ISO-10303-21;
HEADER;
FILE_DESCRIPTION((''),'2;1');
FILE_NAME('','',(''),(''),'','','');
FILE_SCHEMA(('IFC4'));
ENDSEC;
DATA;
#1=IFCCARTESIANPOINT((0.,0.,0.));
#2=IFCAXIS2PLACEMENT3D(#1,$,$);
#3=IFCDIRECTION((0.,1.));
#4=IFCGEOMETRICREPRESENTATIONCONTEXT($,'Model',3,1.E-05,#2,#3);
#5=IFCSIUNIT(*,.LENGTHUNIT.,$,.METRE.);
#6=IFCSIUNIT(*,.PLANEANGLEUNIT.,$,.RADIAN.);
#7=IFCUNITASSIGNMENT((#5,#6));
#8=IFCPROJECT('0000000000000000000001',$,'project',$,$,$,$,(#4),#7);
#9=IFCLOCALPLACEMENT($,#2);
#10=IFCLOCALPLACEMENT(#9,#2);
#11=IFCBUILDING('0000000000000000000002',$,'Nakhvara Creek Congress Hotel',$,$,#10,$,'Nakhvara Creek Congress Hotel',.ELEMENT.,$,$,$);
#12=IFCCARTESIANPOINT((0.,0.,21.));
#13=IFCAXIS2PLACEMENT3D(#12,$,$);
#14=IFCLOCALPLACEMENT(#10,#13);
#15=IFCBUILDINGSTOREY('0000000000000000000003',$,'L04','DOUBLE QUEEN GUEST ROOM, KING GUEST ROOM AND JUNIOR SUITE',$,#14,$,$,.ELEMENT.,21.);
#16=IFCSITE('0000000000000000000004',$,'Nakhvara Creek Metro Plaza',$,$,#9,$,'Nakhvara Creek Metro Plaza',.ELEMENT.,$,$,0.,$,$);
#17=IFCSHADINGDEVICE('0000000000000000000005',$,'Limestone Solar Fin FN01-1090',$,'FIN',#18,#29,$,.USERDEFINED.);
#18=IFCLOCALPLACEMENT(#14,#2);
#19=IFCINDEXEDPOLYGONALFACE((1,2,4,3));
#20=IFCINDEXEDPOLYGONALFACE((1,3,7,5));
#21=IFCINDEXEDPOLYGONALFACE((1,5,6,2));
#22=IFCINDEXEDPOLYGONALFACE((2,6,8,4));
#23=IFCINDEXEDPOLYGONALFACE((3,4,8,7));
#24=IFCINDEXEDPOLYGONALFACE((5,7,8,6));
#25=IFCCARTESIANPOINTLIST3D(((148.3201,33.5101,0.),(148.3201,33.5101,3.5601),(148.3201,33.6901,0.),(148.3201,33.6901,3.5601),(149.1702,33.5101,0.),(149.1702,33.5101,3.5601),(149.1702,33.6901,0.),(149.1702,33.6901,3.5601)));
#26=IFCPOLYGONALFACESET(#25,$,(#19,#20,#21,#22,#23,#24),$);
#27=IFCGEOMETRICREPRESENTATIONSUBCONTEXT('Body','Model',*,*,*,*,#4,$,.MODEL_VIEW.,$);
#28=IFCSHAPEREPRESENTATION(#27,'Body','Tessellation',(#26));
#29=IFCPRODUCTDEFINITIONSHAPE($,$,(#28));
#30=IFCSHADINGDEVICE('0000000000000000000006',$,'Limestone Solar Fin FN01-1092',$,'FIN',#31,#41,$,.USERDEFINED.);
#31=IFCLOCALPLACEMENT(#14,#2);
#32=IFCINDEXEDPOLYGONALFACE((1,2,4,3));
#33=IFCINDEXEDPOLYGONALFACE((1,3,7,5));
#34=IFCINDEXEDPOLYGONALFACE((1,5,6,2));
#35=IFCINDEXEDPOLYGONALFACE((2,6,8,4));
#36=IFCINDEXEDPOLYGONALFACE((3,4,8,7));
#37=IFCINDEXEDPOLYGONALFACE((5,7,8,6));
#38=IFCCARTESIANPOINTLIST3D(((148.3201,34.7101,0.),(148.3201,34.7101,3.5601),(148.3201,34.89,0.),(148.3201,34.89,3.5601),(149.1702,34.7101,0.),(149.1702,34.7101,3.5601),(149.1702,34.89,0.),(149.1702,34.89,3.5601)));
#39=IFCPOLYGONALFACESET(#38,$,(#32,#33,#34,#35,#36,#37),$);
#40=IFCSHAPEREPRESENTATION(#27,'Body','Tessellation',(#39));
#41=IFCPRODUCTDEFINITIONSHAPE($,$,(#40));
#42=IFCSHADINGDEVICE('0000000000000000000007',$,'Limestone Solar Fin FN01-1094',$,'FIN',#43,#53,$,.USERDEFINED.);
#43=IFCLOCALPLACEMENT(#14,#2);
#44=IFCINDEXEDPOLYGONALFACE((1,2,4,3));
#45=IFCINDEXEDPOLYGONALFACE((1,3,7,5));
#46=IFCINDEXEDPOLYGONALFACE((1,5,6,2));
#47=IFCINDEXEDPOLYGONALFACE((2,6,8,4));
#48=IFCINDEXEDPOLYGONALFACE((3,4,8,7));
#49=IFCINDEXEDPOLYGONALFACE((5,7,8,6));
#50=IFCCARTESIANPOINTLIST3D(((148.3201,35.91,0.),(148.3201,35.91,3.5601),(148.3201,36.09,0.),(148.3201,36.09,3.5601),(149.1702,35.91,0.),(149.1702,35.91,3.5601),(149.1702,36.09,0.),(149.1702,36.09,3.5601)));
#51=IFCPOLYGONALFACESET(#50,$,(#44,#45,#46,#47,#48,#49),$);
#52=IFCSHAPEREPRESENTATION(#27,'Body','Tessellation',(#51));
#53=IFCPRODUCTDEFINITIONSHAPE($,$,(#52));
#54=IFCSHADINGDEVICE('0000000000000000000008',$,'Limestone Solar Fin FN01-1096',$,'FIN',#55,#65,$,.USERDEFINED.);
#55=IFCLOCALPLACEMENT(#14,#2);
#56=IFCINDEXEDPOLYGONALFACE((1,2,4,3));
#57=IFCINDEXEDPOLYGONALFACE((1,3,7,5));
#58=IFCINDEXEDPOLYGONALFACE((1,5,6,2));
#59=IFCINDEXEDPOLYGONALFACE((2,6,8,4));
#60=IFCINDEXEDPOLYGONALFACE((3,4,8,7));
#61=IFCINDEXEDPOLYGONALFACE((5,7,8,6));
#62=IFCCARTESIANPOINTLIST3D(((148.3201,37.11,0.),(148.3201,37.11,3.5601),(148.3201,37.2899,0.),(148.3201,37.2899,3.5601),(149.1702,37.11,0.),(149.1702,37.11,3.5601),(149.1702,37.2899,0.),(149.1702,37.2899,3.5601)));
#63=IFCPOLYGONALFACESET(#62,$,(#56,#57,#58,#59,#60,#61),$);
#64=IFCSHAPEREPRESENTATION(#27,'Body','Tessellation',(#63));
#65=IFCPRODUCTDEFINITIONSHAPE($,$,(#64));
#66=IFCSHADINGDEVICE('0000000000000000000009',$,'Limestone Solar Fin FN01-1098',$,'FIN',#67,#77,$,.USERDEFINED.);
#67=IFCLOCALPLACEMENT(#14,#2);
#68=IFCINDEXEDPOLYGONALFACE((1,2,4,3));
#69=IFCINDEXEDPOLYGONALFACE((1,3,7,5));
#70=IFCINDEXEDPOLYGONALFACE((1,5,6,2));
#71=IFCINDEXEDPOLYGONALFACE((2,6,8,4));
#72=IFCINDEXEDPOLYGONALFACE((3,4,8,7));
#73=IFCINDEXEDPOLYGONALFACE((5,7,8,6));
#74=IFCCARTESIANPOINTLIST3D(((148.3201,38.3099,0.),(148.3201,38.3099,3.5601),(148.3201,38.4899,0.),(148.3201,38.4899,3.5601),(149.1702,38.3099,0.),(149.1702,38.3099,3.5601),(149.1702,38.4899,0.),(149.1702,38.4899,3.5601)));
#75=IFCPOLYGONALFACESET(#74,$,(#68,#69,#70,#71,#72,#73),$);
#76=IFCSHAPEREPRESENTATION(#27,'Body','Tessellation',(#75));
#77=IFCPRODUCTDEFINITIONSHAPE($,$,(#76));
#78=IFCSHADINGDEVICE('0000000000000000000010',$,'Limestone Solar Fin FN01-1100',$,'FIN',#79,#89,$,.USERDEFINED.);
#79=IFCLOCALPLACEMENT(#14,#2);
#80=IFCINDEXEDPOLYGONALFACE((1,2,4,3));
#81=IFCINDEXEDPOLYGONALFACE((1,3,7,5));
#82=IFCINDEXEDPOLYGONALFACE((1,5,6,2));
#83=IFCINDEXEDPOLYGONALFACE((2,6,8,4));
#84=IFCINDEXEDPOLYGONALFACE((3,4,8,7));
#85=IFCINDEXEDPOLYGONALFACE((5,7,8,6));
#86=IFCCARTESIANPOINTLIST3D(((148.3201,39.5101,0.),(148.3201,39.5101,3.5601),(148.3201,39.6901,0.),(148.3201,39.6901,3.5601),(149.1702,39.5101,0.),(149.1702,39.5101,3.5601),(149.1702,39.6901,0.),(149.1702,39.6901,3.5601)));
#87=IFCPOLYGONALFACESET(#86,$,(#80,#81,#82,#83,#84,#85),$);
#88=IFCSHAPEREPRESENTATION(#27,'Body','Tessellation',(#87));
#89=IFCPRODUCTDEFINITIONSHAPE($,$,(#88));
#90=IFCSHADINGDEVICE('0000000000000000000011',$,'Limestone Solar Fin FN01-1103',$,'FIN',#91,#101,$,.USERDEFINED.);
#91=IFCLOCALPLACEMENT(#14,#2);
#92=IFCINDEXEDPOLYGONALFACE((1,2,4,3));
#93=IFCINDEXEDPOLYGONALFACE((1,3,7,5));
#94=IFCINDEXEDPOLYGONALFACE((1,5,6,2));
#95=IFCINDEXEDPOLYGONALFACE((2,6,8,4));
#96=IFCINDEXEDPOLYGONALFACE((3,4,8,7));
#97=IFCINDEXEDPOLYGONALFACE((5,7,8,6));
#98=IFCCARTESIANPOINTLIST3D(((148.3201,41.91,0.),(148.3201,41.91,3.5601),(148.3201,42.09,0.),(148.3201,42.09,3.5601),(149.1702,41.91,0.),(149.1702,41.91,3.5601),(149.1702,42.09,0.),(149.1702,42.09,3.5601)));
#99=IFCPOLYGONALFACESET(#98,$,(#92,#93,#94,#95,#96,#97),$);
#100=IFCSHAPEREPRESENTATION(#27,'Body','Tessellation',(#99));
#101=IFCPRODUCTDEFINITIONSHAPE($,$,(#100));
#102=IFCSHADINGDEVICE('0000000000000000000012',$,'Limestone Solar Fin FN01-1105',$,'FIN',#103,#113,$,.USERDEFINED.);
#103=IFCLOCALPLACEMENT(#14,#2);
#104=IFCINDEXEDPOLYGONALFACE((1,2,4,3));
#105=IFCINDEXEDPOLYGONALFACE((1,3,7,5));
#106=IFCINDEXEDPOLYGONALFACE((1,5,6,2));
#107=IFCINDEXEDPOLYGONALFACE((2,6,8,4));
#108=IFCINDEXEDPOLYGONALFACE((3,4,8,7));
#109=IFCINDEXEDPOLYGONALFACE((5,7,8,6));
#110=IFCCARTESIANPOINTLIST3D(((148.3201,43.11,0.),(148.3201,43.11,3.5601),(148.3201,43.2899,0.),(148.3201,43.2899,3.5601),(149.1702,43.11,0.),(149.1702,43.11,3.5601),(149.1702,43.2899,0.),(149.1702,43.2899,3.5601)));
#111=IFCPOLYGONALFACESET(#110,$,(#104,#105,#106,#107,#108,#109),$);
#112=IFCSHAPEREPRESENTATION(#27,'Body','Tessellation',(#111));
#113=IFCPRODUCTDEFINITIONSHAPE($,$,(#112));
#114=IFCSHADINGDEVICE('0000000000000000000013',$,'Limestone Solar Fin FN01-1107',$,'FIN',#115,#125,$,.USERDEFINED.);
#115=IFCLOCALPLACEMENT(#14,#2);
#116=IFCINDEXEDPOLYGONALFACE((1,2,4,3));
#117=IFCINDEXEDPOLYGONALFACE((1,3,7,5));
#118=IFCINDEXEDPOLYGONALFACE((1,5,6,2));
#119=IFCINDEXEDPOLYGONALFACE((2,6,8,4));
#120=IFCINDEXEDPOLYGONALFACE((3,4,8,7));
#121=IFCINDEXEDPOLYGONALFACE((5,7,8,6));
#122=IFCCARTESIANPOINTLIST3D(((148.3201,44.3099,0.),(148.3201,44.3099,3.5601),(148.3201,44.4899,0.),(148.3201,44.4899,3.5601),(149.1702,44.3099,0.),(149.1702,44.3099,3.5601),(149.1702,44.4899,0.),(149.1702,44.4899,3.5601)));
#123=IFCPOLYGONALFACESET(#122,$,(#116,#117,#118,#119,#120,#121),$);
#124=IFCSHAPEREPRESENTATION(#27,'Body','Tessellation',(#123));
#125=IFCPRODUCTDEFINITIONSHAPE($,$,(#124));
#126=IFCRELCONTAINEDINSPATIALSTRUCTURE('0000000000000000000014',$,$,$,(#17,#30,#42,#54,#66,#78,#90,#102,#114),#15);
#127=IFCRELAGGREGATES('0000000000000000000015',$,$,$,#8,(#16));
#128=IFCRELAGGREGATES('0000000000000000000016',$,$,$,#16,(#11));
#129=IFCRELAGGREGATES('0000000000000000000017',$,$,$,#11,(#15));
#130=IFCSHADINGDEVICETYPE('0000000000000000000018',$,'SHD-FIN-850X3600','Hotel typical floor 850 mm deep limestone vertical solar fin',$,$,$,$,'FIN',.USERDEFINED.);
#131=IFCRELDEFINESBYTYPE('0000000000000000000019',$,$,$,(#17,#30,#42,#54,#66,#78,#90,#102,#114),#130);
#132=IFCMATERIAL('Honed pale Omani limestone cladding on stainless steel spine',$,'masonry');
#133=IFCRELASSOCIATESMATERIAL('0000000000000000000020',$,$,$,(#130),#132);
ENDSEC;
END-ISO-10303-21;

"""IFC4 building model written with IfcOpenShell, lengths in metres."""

from ifc_helpers import new_model, si_unit, direction, frame, origin, origin_2d, place, context, subcontext, project, spatial, rectangle, extrude, material, type_object, element, save


model = new_model("IFC4")

# Units and contexts
model_context = context("Model", 3, precision=1e-05, world=origin(), true_north=direction((0.0, 1.0)))
body_context = subcontext(model_context, "Body", "Model", "MODEL_VIEW")
ifc_project = project(units=[si_unit("LENGTHUNIT", "METRE"), si_unit("PLANEANGLEUNIT", "RADIAN")], contexts=[model_context])

# Site, building, storey
site_placement = place(None, origin())
site = spatial("IfcSite", under=ifc_project, at=site_placement, Name="Nakhvara Creek Metro Plaza", LongName="Nakhvara Creek Metro Plaza", CompositionType="ELEMENT", RefElevation=0.0)
building_placement = place(site_placement, origin())
building = spatial("IfcBuilding", under=site, at=building_placement, Name="Nakhvara Creek Congress Hotel", LongName="Nakhvara Creek Congress Hotel", CompositionType="ELEMENT")
storey_placement = place(building_placement, frame((0.0, 0.0, 21.0)))
storey = spatial("IfcBuildingStorey", under=building, at=storey_placement, Name="L04", Description="DOUBLE QUEEN GUEST ROOM, KING GUEST ROOM AND JUNIOR SUITE", CompositionType="ELEMENT", Elevation=21.0)

# Shading devices
ifc_material_1 = material(Name="Honed pale Omani limestone cladding on stainless steel spine", Category="masonry")
shading_device_type = type_object("IfcShadingDeviceType", Name="SHD-FIN-850X3600", Description="Hotel typical floor 850 mm deep limestone vertical solar fin", ElementType="FIN", PredefinedType="USERDEFINED", material=ifc_material_1)
for number, where, z_axis, x_axis, name in (
    (1, (148.7451, 33.6001, 0.0), (0.0, 0.0, 1.0), (0.0, 1.0, 0.0), "Limestone Solar Fin FN01-1090"),
    (2, (148.7451, 34.8, 0.0), (0.0, 0.0, 1.0), (0.0, 1.0, 0.0), "Limestone Solar Fin FN01-1092"),
    (3, (148.7451, 36.0, 0.0), (0.0, 0.0, 1.0), (0.0, 1.0, 0.0), "Limestone Solar Fin FN01-1094"),
    (4, (148.7451, 37.2, 0.0), (0.0, 0.0, 1.0), (0.0, 1.0, 0.0), "Limestone Solar Fin FN01-1096"),
    (5, (148.7451, 38.3999, 0.0), (0.0, 0.0, 1.0), (0.0, 1.0, 0.0), "Limestone Solar Fin FN01-1098"),
    (6, (148.7451, 39.6001, 0.0), (0.0, 0.0, 1.0), (0.0, 1.0, 0.0), "Limestone Solar Fin FN01-1100"),
    (7, (148.7451, 42.0, 0.0), (0.0, 0.0, 1.0), (0.0, 1.0, 0.0), "Limestone Solar Fin FN01-1103"),
    (8, (148.7451, 43.2, 0.0), (0.0, 0.0, 1.0), (0.0, 1.0, 0.0), "Limestone Solar Fin FN01-1105"),
    (9, (148.7451, 44.3999, 0.0), (0.0, 0.0, 1.0), (0.0, 1.0, 0.0), "Limestone Solar Fin FN01-1107"),
):
    element("IfcShadingDevice", number, at=place(storey_placement, frame(where, z_axis=z_axis, x_axis=x_axis)), inside=storey, type_object=shading_device_type, Name=name, ObjectType="FIN", PredefinedType="USERDEFINED", context=body_context, shape_type="SweptSolid", body=[
        extrude(rectangle(XDim=0.1799, YDim=0.8501, at=origin_2d()), origin(), (0.0, 0.0, 1.0), 3.5601),
    ])

save(model, "model.ifc")
